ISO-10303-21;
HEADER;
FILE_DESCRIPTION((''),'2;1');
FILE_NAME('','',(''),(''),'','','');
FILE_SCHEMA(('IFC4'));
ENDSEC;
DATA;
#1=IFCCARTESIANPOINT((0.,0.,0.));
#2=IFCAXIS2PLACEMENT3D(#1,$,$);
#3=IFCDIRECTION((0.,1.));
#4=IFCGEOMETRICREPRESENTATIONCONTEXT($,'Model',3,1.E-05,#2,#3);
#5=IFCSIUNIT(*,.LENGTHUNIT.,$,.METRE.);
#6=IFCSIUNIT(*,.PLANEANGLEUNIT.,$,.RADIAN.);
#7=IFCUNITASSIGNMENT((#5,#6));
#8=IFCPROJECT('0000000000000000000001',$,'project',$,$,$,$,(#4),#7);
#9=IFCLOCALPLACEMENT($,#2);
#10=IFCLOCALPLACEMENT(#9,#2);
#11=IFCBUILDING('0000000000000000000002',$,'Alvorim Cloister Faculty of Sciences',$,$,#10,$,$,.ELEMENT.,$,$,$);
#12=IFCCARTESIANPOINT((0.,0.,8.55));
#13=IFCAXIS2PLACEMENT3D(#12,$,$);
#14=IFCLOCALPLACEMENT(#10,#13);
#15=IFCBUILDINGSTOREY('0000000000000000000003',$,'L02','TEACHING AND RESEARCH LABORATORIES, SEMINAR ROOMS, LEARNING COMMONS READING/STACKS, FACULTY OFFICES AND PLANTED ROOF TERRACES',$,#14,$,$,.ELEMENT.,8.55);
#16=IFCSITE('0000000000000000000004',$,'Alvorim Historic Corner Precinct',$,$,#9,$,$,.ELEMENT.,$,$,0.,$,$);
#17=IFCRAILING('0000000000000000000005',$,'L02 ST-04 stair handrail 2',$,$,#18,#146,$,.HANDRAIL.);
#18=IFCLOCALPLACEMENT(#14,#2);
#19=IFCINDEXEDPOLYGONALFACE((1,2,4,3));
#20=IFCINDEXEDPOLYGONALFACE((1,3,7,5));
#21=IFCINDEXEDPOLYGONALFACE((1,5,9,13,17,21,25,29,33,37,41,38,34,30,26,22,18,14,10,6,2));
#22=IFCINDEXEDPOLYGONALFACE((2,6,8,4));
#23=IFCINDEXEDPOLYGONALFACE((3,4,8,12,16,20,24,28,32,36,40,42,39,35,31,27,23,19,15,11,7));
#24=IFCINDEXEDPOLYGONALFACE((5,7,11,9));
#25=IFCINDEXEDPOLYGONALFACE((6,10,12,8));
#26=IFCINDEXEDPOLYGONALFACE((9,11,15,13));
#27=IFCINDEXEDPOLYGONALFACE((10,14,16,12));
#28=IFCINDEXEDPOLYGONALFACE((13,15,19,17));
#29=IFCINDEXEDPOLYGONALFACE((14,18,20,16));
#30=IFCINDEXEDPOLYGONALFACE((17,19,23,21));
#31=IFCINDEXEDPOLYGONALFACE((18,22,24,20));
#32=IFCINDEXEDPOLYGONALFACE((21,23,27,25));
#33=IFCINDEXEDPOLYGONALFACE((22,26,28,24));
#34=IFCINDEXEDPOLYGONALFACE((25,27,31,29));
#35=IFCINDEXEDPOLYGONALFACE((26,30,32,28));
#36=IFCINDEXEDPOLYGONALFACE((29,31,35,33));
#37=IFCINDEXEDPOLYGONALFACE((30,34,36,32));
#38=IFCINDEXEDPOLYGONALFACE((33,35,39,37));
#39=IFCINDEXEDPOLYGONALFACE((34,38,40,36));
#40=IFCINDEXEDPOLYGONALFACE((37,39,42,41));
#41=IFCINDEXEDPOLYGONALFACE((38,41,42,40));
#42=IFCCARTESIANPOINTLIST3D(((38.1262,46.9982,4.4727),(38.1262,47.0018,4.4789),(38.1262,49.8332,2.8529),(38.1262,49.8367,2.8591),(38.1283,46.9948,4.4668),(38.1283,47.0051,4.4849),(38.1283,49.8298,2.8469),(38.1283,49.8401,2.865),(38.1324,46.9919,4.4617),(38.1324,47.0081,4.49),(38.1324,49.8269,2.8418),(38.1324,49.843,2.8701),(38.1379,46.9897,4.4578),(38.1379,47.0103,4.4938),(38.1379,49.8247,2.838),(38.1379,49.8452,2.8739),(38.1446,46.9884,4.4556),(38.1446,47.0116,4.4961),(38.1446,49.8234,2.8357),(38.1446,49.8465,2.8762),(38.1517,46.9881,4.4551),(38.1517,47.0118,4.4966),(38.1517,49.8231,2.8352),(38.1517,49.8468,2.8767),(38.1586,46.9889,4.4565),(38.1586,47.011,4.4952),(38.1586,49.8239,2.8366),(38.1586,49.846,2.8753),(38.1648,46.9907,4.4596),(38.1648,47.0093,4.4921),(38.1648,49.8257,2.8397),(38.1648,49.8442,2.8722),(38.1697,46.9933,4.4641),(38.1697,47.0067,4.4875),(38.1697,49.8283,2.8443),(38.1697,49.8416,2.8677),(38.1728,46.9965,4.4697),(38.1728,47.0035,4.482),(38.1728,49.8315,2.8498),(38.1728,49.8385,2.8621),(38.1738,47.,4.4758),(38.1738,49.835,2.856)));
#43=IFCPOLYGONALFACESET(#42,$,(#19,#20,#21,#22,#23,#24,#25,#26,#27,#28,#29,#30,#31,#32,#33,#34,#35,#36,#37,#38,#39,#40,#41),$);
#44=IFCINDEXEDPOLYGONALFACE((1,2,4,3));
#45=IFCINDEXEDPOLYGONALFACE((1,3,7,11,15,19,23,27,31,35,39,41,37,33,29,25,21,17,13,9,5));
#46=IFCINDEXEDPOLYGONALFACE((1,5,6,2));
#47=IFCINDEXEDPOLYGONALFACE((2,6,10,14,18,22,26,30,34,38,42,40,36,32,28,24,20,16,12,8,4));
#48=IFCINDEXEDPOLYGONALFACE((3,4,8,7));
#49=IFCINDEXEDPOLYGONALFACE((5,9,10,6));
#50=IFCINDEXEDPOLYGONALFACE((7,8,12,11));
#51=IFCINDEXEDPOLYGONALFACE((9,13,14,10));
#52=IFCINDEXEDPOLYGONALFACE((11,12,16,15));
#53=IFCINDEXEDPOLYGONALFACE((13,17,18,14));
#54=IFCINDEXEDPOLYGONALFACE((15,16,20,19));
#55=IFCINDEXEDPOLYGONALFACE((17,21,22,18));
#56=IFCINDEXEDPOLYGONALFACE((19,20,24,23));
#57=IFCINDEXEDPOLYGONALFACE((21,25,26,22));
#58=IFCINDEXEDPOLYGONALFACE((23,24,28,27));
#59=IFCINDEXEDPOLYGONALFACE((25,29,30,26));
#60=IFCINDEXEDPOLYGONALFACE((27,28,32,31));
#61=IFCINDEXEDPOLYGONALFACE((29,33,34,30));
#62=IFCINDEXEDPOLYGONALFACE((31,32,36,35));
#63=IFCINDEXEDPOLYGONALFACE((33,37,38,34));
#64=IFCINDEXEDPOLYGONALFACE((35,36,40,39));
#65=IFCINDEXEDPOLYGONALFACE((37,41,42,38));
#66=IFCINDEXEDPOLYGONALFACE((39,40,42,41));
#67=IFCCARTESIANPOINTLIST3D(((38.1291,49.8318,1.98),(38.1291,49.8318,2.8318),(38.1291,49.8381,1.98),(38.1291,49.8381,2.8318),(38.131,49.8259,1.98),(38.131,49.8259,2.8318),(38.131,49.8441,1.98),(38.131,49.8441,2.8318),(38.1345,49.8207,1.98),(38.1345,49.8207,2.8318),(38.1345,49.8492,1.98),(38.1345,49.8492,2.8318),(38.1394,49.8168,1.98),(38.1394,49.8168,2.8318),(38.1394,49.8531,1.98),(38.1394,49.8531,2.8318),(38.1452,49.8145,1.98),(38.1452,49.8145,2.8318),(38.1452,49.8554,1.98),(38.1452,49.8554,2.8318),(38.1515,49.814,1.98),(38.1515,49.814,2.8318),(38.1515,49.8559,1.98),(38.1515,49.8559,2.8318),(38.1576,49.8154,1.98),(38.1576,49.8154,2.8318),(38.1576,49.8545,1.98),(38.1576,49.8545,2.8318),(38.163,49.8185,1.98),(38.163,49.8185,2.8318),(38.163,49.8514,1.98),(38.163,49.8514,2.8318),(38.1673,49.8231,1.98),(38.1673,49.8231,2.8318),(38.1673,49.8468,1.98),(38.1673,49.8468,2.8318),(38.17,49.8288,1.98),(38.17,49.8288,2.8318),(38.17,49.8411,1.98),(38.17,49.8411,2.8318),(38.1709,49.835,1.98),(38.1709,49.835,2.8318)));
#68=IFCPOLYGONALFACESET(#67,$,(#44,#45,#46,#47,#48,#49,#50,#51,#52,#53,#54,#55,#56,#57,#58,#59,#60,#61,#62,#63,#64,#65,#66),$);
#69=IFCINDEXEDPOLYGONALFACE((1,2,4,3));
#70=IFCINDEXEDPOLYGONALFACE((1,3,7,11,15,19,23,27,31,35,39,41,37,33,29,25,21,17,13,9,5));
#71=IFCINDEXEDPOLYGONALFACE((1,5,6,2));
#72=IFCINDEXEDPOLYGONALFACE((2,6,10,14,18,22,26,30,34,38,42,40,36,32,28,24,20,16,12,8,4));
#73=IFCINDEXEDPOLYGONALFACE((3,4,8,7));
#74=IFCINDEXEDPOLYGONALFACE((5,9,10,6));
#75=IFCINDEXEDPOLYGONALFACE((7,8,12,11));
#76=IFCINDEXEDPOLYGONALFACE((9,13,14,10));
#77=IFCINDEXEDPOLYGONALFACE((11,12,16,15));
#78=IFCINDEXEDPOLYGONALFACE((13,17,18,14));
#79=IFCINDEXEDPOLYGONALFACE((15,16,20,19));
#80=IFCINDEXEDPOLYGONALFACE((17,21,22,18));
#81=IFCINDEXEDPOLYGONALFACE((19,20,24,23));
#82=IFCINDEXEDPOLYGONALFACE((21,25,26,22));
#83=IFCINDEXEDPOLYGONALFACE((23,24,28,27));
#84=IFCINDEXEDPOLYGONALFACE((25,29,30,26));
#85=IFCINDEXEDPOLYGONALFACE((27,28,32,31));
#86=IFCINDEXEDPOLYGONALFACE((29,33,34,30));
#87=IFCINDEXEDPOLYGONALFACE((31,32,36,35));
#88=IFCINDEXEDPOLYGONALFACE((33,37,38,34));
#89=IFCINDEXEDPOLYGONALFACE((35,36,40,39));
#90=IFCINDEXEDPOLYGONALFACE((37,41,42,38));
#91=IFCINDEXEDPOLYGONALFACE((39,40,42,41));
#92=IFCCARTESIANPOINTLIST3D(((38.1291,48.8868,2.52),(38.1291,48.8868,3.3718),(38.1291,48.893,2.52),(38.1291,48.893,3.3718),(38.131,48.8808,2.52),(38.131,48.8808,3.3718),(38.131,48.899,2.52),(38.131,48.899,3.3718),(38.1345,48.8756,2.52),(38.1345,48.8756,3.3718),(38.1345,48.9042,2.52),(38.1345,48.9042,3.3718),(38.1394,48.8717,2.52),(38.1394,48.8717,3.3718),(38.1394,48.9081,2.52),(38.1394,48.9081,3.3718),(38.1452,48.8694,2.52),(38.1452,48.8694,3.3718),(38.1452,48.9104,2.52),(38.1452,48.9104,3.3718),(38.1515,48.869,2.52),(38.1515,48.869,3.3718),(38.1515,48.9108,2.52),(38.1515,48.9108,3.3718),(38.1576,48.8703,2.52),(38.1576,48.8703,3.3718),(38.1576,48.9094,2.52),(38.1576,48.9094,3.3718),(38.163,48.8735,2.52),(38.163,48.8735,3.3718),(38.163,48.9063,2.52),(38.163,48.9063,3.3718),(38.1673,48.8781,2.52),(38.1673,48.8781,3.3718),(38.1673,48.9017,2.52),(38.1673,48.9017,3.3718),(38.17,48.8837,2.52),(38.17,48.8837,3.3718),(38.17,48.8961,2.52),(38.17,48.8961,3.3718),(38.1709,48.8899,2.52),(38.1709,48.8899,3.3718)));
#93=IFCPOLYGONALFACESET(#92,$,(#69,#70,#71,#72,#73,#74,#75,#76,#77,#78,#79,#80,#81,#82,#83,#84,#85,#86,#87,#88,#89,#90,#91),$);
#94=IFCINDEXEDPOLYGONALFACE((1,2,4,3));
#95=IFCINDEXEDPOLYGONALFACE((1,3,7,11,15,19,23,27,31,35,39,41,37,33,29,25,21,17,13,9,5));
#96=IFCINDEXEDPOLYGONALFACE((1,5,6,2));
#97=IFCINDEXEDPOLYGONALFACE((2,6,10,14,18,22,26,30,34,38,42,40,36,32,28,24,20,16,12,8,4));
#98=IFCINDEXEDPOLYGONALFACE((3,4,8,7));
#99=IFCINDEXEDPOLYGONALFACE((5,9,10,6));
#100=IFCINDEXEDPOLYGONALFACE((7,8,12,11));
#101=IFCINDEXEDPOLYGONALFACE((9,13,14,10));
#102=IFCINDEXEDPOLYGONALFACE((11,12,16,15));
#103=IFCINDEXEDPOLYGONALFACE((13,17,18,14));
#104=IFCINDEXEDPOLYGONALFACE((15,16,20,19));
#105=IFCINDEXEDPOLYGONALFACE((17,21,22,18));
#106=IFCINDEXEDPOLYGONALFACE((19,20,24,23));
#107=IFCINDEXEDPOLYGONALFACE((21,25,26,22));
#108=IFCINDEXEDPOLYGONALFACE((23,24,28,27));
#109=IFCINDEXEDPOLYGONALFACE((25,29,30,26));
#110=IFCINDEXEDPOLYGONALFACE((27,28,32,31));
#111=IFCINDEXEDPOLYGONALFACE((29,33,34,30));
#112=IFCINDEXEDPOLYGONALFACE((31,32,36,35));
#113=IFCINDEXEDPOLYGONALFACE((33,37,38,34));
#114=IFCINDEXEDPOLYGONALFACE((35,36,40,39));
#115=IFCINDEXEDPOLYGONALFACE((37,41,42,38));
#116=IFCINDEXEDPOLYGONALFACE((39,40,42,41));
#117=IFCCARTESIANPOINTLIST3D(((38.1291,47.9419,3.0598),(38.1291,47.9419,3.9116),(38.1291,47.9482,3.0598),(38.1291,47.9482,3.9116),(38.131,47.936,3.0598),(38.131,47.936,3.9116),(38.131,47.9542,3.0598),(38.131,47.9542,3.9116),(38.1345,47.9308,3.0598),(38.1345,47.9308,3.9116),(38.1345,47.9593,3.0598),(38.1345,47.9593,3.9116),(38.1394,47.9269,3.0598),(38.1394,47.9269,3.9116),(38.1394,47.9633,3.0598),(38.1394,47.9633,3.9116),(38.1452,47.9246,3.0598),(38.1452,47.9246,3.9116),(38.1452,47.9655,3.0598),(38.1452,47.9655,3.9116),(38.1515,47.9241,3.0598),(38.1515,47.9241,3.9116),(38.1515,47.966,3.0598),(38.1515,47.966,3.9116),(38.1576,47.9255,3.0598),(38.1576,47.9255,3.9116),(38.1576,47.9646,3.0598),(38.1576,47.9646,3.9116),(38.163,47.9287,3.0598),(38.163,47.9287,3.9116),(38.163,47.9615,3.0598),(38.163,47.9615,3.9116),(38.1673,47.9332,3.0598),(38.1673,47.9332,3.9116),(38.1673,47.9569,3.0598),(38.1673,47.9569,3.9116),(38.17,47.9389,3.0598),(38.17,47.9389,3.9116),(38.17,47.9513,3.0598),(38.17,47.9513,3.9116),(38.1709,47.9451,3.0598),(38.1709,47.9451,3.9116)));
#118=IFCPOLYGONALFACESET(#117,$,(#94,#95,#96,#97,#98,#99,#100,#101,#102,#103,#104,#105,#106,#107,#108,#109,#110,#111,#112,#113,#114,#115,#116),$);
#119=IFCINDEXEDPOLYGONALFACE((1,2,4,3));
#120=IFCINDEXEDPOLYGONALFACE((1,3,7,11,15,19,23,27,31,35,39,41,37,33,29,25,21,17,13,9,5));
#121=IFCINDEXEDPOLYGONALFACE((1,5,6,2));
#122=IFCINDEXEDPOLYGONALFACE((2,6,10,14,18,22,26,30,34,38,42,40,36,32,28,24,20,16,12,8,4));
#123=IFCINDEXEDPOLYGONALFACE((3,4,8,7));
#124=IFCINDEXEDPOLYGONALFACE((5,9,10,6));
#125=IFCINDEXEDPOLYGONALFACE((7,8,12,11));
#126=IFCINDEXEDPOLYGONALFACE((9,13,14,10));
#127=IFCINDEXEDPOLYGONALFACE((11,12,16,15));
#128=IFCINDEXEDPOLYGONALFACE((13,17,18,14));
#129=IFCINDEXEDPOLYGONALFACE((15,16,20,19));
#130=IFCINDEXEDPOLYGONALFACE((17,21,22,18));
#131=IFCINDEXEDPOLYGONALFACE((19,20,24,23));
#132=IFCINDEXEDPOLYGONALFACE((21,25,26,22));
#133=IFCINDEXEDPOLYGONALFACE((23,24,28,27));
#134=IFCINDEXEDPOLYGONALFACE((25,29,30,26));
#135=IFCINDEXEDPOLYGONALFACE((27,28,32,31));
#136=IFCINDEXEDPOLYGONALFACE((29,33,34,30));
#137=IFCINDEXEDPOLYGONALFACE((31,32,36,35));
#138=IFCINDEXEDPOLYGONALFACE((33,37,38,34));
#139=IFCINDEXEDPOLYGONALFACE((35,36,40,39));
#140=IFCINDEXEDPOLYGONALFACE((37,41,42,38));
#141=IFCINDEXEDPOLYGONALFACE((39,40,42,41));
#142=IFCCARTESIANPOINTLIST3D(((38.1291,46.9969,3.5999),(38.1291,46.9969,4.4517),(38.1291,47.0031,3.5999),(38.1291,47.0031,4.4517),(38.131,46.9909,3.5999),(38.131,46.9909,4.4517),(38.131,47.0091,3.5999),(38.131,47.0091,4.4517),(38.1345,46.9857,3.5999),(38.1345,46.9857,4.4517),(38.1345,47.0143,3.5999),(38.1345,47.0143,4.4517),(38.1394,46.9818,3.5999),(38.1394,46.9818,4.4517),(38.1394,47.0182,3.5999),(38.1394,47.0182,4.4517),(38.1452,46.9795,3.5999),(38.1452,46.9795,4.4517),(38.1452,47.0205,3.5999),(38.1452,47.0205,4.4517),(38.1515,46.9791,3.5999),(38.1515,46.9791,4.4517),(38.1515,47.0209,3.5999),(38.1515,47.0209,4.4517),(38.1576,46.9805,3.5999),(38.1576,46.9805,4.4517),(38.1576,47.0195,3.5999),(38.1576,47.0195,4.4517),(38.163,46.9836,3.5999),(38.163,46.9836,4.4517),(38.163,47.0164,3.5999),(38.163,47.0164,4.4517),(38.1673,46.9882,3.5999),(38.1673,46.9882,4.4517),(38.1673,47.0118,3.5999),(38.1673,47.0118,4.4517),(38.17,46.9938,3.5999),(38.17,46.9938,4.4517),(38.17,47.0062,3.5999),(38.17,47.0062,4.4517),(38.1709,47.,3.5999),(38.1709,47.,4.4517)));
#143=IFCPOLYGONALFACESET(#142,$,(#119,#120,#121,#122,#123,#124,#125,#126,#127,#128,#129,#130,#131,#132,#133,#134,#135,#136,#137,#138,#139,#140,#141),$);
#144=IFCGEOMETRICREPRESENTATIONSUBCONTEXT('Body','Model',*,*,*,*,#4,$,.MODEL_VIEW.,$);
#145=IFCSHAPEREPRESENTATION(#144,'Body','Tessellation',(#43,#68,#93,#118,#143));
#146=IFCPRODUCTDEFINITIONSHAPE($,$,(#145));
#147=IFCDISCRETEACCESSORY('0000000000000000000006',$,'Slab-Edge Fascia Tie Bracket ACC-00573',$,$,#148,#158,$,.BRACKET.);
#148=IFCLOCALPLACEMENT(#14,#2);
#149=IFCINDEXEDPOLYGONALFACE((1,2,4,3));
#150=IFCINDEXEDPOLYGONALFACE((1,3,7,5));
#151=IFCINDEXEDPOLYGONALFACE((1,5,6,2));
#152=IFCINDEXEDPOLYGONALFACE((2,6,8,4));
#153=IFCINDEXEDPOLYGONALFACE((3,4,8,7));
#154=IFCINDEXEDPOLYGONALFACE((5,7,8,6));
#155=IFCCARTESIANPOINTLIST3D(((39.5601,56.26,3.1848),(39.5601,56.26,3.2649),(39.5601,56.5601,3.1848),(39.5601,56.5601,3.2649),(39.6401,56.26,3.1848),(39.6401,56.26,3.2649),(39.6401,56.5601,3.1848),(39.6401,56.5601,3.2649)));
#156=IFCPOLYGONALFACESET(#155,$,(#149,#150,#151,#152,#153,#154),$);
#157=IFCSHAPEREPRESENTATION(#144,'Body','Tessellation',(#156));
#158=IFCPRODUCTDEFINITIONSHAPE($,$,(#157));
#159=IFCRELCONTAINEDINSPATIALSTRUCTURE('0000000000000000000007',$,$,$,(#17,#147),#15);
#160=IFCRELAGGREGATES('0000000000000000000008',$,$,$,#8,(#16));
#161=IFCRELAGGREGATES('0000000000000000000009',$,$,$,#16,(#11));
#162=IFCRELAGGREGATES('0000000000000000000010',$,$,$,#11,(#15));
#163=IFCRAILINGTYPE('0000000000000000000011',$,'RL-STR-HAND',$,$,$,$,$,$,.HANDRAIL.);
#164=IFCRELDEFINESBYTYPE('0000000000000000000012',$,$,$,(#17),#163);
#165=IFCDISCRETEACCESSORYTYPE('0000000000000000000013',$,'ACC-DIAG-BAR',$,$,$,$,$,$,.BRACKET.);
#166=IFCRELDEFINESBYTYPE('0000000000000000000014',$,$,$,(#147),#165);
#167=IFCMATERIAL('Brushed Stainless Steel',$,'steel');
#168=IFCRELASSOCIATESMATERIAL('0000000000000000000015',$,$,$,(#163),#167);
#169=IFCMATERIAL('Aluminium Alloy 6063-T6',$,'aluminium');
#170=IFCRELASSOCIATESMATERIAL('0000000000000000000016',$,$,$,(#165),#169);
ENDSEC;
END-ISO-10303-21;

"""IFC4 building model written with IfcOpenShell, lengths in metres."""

from ifc_helpers import new_model, si_unit, direction, frame, origin, origin_2d, place, context, subcontext, project, spatial, rectangle, circle, extrude, material, type_object, element, save


model = new_model("IFC4")

# Units and contexts
model_context = context("Model", 3, precision=1e-05, world=origin(), true_north=direction((0.0, 1.0)))
body_context = subcontext(model_context, "Body", "Model", "MODEL_VIEW")
ifc_project = project(units=[si_unit("LENGTHUNIT", "METRE"), si_unit("PLANEANGLEUNIT", "RADIAN")], contexts=[model_context])

# Site, building, storey
site_placement = place(None, origin())
site = spatial("IfcSite", under=ifc_project, at=site_placement, Name="Alvorim Historic Corner Precinct", CompositionType="ELEMENT", RefElevation=0.0)
building_placement = place(site_placement, origin())
building = spatial("IfcBuilding", under=site, at=building_placement, Name="Alvorim Cloister Faculty of Sciences", CompositionType="ELEMENT")
storey_placement = place(building_placement, frame((0.0, 0.0, 8.55)))
storey = spatial("IfcBuildingStorey", under=building, at=storey_placement, Name="L02", Description="TEACHING AND RESEARCH LABORATORIES, SEMINAR ROOMS, LEARNING COMMONS READING/STACKS, FACULTY OFFICES AND PLANTED ROOF TERRACES", CompositionType="ELEMENT", Elevation=8.55)

# Shared definitions
ifc_material_1 = material(Name="Aluminium Alloy 6063-T6", Category="aluminium")

# Shared definitions
ifc_material_2 = material(Name="Brushed Stainless Steel", Category="steel")

# Railing
railing_type_1 = type_object("IfcRailingType", Name="RL-STR-HAND", PredefinedType="HANDRAIL", material=ifc_material_2)
railing_1_placement = place(storey_placement, frame((38.1499, 49.835, 1.98)))
element("IfcRailing", 1, at=railing_1_placement, inside=storey, type_object=railing_type_1, Name="L02 ST-04 stair handrail 2", PredefinedType="HANDRAIL", context=body_context, shape_type="SweptSolid", body=[
    extrude(circle(Radius=0.0239, at=origin_2d()), frame((0.0, 0.0, 0.876), z_axis=(0.0, -0.868257, 0.496115), x_axis=(1.0, 0.0, 0.0)), (0.0, 0.0, 1.0), 3.2651),
    extrude(circle(Radius=0.021, at=origin_2d()), origin(), (0.0, 0.0, 1.0), 0.8518),
    extrude(circle(Radius=0.021, at=origin_2d()), frame((0.0, -0.9451, 0.54)), (0.0, 0.0, 1.0), 0.8518),
    extrude(circle(Radius=0.021, at=origin_2d()), frame((0.0, -1.8899, 1.0798)), (0.0, 0.0, 1.0), 0.8518),
    extrude(circle(Radius=0.021, at=origin_2d()), frame((0.0, -2.835, 1.6199)), (0.0, 0.0, 1.0), 0.8518),
])

# Discrete accessory
discrete_accessory_type = type_object("IfcDiscreteAccessoryType", Name="ACC-DIAG-BAR", PredefinedType="BRACKET", material=ifc_material_1)
discrete_accessory_placement = place(storey_placement, frame((39.6001, 56.26, 3.2249), z_axis=(0.0, 1.0, 0.0), x_axis=(-1.0, 0.0, 0.0)))
element("IfcDiscreteAccessory", 2, at=discrete_accessory_placement, inside=storey, type_object=discrete_accessory_type, Name="Slab-Edge Fascia Tie Bracket ACC-00573", PredefinedType="BRACKET", context=body_context, shape_type="SweptSolid", body=[
    extrude(rectangle(XDim=0.0801, YDim=0.0801, at=origin_2d()), origin(), (0.0, 0.0, 1.0), 0.3),
])

save(model, "model.ifc")
